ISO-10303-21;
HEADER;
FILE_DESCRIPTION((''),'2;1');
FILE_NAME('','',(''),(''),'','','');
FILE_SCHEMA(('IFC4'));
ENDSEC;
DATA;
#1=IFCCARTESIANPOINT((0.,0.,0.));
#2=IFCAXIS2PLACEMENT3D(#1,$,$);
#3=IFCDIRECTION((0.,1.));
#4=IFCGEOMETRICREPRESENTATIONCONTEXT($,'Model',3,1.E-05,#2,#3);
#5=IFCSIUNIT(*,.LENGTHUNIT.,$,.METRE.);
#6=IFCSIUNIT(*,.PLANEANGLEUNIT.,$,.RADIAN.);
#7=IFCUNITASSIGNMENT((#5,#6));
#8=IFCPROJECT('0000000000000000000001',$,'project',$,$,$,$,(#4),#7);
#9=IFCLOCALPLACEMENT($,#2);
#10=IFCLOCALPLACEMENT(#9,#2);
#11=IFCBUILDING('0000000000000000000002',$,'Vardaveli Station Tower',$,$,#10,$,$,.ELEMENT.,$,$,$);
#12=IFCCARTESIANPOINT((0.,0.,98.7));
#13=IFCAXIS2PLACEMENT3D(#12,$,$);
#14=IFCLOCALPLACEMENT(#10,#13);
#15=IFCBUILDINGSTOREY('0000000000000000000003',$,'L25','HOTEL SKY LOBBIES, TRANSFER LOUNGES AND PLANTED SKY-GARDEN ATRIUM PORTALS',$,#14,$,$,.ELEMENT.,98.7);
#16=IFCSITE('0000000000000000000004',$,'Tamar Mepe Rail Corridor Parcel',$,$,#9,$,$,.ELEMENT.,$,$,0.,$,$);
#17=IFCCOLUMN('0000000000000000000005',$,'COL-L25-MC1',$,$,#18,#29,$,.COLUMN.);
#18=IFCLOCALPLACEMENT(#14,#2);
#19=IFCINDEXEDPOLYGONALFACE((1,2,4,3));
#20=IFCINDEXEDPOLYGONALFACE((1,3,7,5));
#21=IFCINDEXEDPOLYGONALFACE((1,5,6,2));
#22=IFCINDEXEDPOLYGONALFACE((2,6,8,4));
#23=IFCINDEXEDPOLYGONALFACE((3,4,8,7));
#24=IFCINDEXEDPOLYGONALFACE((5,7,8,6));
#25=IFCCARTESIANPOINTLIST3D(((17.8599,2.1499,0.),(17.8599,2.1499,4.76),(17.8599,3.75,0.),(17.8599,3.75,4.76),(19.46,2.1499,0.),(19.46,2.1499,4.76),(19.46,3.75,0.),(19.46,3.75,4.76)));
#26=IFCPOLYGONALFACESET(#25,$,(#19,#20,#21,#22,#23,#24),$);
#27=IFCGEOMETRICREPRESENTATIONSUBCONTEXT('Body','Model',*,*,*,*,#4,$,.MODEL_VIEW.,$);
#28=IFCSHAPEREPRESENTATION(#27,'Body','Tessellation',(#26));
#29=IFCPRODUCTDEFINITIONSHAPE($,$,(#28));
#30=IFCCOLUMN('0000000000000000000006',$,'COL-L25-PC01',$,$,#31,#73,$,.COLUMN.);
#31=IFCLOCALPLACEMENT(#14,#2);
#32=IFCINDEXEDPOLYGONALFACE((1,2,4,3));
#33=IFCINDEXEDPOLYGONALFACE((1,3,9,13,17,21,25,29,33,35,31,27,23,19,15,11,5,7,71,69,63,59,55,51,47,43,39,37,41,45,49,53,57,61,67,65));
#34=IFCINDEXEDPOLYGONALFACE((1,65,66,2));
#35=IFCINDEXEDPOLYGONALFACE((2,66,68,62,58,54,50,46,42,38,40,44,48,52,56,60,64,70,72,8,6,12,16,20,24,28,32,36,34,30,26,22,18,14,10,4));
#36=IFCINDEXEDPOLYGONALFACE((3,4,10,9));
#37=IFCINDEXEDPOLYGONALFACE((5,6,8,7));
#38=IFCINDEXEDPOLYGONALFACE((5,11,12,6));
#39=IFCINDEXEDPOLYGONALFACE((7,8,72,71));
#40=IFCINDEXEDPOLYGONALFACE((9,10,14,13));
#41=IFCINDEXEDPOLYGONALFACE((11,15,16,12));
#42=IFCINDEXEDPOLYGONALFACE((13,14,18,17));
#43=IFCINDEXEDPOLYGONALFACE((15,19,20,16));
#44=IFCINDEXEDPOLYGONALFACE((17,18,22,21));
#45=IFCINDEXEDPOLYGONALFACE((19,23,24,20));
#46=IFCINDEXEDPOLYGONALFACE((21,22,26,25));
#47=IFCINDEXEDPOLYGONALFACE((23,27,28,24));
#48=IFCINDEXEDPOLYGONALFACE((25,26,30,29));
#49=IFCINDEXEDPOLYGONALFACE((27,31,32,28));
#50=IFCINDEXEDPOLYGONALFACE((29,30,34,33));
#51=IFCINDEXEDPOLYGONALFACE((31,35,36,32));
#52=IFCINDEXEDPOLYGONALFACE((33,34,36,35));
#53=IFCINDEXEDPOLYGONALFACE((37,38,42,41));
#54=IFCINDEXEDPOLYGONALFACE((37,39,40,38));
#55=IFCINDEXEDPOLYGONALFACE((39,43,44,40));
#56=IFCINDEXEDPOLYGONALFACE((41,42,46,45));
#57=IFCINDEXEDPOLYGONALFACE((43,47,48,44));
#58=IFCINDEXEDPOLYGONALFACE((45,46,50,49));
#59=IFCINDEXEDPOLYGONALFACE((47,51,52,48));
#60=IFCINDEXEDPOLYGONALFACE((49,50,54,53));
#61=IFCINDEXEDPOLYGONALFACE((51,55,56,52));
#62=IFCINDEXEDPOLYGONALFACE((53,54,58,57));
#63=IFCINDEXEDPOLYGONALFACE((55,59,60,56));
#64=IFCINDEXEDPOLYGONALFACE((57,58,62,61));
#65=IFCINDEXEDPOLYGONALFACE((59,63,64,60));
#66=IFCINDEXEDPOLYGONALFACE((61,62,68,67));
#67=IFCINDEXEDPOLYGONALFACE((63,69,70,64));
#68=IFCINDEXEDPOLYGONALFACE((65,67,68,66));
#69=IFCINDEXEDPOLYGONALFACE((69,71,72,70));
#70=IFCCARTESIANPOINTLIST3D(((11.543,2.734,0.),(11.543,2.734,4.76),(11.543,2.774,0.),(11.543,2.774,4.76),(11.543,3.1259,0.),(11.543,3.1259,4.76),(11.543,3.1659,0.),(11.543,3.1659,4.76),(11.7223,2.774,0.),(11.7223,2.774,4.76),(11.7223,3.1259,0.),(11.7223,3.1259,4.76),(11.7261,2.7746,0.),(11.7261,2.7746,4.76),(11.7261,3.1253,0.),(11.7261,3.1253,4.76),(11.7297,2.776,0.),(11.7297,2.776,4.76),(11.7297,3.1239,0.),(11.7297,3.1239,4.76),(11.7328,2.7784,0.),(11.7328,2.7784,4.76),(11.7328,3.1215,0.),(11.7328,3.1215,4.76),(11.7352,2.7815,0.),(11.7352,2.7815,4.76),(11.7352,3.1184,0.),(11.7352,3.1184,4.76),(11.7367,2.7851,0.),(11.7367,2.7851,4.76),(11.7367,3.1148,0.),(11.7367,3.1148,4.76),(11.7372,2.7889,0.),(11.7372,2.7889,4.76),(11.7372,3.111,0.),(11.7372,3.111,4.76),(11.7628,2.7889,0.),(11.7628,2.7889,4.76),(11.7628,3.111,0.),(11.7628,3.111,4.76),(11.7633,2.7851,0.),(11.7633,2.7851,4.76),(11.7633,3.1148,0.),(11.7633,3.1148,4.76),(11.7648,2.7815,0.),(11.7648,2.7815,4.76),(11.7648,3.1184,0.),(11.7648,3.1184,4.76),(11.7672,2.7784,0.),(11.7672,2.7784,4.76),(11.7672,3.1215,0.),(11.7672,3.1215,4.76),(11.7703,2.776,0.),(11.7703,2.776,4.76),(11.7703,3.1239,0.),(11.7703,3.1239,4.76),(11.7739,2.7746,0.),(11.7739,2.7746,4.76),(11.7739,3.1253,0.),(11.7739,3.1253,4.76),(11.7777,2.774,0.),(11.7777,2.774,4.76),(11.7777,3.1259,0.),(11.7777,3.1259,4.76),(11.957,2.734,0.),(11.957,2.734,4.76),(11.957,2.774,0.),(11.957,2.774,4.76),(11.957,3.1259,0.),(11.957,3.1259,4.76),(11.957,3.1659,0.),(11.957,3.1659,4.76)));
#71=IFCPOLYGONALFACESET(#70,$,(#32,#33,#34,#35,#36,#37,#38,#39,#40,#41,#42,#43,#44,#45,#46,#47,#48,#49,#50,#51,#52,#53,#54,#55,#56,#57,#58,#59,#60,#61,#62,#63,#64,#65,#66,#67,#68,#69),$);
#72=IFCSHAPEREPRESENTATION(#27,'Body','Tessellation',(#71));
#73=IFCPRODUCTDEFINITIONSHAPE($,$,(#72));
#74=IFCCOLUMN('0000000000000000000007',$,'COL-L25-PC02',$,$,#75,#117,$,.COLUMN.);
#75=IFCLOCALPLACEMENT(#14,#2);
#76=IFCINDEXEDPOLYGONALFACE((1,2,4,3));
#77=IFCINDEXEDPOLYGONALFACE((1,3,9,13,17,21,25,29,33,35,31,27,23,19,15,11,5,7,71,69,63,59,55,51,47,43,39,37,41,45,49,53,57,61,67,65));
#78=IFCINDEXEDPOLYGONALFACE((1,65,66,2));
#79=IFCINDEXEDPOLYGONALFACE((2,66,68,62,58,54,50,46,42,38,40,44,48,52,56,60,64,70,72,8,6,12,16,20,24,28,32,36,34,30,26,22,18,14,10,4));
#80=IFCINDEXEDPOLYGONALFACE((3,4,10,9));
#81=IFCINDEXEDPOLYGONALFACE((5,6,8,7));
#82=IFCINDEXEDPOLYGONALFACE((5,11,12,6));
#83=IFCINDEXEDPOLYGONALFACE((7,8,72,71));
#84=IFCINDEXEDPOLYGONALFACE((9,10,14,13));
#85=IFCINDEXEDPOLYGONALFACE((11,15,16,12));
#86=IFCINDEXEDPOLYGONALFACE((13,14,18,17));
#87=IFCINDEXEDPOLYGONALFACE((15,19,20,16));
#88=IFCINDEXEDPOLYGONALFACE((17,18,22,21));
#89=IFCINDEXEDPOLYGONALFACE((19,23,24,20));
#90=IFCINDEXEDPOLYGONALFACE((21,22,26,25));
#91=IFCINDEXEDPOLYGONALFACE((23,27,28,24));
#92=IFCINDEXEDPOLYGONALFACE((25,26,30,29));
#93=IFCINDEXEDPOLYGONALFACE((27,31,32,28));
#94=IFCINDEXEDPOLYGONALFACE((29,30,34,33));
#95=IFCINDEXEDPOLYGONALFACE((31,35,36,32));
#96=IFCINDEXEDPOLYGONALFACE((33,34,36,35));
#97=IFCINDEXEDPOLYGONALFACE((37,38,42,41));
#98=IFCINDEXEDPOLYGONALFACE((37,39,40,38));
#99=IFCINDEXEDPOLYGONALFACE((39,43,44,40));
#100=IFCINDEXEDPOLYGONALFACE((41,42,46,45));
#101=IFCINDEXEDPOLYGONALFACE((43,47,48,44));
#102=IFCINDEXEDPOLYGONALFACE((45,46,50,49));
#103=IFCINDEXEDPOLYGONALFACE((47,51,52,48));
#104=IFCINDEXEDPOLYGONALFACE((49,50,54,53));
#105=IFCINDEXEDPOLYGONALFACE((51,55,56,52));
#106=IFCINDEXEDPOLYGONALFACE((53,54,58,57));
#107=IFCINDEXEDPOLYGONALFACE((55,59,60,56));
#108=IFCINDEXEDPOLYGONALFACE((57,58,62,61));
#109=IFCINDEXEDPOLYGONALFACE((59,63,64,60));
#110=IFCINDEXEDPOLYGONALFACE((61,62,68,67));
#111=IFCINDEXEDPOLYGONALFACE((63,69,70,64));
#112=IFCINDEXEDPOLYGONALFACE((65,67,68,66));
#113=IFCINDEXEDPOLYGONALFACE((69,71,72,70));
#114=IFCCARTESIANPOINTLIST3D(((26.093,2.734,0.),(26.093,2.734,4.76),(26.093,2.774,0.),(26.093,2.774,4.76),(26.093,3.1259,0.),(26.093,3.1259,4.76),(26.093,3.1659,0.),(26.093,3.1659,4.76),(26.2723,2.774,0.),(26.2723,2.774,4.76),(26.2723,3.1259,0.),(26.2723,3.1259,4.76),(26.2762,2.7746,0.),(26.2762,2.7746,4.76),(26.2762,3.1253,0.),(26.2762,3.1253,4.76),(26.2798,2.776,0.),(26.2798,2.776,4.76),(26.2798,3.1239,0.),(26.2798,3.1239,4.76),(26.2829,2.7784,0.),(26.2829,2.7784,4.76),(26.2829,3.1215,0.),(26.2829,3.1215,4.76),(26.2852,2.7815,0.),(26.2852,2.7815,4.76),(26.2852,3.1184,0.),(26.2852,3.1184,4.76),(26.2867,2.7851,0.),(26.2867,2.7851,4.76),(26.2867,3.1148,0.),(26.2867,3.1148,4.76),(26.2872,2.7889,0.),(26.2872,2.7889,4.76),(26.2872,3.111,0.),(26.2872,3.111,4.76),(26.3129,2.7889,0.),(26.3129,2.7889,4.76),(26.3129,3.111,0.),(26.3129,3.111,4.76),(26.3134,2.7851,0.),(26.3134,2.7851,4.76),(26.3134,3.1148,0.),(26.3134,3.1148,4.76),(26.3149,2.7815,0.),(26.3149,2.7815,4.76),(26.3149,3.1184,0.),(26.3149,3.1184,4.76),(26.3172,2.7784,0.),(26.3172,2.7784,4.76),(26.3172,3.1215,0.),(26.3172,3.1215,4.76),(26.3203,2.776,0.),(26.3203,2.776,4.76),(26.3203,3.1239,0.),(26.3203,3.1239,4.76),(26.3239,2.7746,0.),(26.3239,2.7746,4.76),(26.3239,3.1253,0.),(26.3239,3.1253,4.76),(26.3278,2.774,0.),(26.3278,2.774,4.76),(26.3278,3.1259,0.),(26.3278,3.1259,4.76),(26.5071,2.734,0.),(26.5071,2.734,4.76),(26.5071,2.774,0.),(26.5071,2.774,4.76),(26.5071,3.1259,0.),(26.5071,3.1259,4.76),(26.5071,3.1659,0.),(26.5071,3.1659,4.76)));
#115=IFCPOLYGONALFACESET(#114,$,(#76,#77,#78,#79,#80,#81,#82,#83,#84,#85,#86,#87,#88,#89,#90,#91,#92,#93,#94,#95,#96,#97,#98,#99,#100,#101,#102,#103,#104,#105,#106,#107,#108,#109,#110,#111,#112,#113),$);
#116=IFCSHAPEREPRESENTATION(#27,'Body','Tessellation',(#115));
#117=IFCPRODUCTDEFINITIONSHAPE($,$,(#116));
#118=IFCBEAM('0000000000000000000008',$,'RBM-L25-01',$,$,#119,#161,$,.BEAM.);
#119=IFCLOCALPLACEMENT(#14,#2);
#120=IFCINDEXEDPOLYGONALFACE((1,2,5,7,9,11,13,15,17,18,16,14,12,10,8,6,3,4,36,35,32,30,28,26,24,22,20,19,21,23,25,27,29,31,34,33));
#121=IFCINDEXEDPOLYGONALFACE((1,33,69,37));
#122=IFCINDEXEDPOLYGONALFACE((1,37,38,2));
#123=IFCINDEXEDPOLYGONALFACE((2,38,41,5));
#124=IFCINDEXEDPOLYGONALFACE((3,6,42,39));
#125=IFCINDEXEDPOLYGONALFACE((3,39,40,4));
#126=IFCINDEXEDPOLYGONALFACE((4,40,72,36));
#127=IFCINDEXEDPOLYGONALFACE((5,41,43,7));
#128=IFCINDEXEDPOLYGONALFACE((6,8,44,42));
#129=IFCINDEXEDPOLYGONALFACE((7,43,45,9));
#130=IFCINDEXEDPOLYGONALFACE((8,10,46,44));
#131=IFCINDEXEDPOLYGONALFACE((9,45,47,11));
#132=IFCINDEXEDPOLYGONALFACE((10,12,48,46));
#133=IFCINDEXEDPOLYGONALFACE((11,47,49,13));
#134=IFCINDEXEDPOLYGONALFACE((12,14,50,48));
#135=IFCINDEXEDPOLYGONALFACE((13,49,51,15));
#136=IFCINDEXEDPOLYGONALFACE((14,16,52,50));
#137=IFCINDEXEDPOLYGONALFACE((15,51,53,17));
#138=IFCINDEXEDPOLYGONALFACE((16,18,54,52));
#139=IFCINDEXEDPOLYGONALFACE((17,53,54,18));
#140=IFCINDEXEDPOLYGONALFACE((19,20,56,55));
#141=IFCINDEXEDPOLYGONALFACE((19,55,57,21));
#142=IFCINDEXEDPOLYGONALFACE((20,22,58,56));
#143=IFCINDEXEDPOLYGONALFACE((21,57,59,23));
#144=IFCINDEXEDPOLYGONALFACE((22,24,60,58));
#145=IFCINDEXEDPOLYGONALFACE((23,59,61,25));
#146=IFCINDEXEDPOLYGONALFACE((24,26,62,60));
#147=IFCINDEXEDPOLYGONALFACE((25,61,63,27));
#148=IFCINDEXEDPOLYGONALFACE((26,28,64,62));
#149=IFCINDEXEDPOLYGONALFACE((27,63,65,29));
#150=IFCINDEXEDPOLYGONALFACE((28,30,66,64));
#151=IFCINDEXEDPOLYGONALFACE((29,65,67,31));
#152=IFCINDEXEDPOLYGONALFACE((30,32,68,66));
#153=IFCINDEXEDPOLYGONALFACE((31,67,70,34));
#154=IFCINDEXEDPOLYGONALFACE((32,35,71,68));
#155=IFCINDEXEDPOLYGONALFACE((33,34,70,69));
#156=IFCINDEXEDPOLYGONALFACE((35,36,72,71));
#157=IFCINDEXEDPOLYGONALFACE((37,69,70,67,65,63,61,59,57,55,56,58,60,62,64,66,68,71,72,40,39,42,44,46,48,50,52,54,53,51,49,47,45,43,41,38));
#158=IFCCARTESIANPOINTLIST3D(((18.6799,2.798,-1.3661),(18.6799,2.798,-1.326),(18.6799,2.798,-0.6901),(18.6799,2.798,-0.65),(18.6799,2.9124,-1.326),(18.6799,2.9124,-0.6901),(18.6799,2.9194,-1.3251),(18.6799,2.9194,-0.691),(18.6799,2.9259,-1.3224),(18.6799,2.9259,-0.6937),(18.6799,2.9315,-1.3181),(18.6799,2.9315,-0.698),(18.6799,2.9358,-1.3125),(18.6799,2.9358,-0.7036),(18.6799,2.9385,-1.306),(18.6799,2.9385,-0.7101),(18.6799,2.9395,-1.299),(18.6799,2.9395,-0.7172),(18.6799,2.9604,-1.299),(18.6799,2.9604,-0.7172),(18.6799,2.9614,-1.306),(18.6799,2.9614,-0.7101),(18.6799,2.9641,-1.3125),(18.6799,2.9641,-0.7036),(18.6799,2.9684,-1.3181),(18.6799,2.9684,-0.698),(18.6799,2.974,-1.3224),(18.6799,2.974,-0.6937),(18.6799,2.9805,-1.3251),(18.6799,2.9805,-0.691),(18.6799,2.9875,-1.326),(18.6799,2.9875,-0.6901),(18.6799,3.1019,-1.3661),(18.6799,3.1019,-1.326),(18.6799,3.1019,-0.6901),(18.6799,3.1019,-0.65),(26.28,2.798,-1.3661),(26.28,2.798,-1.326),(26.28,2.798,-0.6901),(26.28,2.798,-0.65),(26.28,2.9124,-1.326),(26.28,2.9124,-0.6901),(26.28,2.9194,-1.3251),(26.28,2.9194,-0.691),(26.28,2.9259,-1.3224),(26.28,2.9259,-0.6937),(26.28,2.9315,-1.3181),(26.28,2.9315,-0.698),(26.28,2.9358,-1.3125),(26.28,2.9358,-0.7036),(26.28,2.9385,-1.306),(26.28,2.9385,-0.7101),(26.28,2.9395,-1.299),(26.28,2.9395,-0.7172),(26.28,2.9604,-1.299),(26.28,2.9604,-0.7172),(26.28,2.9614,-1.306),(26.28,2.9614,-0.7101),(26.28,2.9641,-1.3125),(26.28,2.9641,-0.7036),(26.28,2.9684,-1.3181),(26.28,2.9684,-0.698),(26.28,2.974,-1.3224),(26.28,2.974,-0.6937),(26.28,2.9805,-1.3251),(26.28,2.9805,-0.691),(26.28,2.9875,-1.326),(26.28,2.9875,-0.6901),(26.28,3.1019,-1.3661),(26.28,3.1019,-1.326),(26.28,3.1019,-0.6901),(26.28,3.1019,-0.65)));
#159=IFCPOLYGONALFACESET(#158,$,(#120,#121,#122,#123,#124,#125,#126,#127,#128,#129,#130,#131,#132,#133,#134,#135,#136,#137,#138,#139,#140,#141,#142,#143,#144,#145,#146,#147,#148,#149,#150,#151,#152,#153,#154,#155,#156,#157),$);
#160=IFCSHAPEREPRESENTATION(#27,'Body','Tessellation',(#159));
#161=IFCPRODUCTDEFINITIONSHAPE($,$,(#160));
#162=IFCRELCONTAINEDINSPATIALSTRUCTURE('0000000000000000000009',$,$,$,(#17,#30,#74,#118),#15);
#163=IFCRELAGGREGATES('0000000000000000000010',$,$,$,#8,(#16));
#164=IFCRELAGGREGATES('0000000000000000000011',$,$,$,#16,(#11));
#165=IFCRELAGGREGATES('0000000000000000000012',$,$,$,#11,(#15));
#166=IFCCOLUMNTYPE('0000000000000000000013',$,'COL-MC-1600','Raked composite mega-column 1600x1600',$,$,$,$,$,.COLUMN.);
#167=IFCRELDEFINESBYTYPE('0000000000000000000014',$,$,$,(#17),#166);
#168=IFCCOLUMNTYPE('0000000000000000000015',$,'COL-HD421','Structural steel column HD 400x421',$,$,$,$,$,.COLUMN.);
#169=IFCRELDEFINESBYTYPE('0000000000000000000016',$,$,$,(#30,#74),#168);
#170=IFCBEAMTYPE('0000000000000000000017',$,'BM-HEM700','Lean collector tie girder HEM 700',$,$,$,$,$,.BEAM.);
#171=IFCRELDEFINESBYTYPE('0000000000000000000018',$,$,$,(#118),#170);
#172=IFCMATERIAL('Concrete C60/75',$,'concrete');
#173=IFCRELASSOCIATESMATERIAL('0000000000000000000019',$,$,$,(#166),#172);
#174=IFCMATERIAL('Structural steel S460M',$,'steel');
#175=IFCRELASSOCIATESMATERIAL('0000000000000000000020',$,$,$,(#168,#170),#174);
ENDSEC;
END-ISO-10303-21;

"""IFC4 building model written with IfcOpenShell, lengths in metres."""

from ifc_helpers import new_model, si_unit, direction, frame, origin, origin_2d, place, context, subcontext, project, spatial, rectangle, i_section, extrude, source, transform, mapped, material, material_profile, profile_set, type_object, element, save


model = new_model("IFC4")

# Units and contexts
model_context = context("Model", 3, precision=1e-05, world=origin(), true_north=direction((0.0, 1.0)))
body_context = subcontext(model_context, "Body", "Model", "MODEL_VIEW")
ifc_project = project(units=[si_unit("LENGTHUNIT", "METRE"), si_unit("PLANEANGLEUNIT", "RADIAN")], contexts=[model_context])

# Site, building, storey
site_placement = place(None, origin())
site = spatial("IfcSite", under=ifc_project, at=site_placement, Name="Tamar Mepe Rail Corridor Parcel", CompositionType="ELEMENT", RefElevation=0.0)
building_placement = place(site_placement, origin())
building = spatial("IfcBuilding", under=site, at=building_placement, Name="Vardaveli Station Tower", CompositionType="ELEMENT")
storey_placement = place(building_placement, frame((0.0, 0.0, 98.7)))
storey = spatial("IfcBuildingStorey", under=building, at=storey_placement, Name="L25", Description="HOTEL SKY LOBBIES, TRANSFER LOUNGES AND PLANTED SKY-GARDEN ATRIUM PORTALS", CompositionType="ELEMENT", Elevation=98.7)

# Columns
ifc_material_1 = material(Name="Concrete C60/75", Category="concrete")
ifc_material_profile_1 = material_profile(ifc_material_1, rectangle(XDim=1.6001, YDim=1.6001, at=origin_2d()), Name="MC 1600x1600")
ifc_profile_set_1 = profile_set([ifc_material_profile_1], Name="Concrete C60/75")
column_type_1 = type_object("IfcColumnType", Name="COL-MC-1600", Description="Raked composite mega-column 1600x1600", PredefinedType="COLUMN", material=ifc_profile_set_1)
shared_shape_1 = source(origin(), body_context, "Body", "SweptSolid", [
    extrude(rectangle(XDim=1.6001, YDim=1.6001, at=origin_2d()), origin(), (0.0, 0.0, 1.0), 4.76),
])
column_placement = place(storey_placement, frame((18.6599, 2.95, 0.0), z_axis=(0.0, 0.0, 1.0), x_axis=(1.0, 0.0, 0.0)))
element("IfcColumn", 1, at=column_placement, inside=storey, type_object=column_type_1, Name="COL-L25-MC1", PredefinedType="COLUMN", context=body_context, shape_type="MappedRepresentation", body=[
    mapped(shared_shape_1, transform((0.0, 0.0, 0.0), scale=1.0)),
])
ifc_material_2 = material(Name="Structural steel S460M", Category="steel")
ifc_material_profile_2 = material_profile(ifc_material_2, i_section(OverallWidth=0.4141, OverallDepth=0.4319, WebThickness=0.0256, FlangeThickness=0.04, FilletRadius=0.0149, at=origin_2d()), Name="HD 400x421")
ifc_profile_set_2 = profile_set([ifc_material_profile_2], Name="Structural steel S460M")
column_type_2 = type_object("IfcColumnType", Name="COL-HD421", Description="Structural steel column HD 400x421", PredefinedType="COLUMN", material=ifc_profile_set_2)
shared_shape_2 = source(origin(), body_context, "Body", "SweptSolid", [
    extrude(i_section(OverallWidth=0.4141, OverallDepth=0.4319, WebThickness=0.0256, FlangeThickness=0.04, FilletRadius=0.0149, at=origin_2d()), origin(), (0.0, 0.0, 1.0), 4.76),
])
for number, where, z_axis, x_axis, name in (
    (2, (11.75, 2.95, 0.0), (0.0, 0.0, 1.0), (1.0, 0.0, 0.0), "COL-L25-PC01"),
    (3, (26.3, 2.95, 0.0), (0.0, 0.0, 1.0), (1.0, 0.0, 0.0), "COL-L25-PC02"),
):
    element("IfcColumn", number, at=place(storey_placement, frame(where, z_axis=z_axis, x_axis=x_axis)), inside=storey, type_object=column_type_2, Name=name, PredefinedType="COLUMN", context=body_context, shape_type="MappedRepresentation", body=[
        mapped(shared_shape_2, transform((0.0, 0.0, 0.0), scale=1.0)),
    ])

# Beam
ifc_material_profile_3 = material_profile(ifc_material_2, i_section(OverallWidth=0.304, OverallDepth=0.7161, WebThickness=0.021, FlangeThickness=0.04, FilletRadius=0.0271, at=origin_2d()), Name="HEM 700")
ifc_profile_set_3 = profile_set([ifc_material_profile_3], Name="Structural steel S460M")
beam_type = type_object("IfcBeamType", Name="BM-HEM700", Description="Lean collector tie girder HEM 700", PredefinedType="BEAM", material=ifc_profile_set_3)
shared_shape_3 = source(origin(), body_context, "Body", "SweptSolid", [
    extrude(i_section(OverallWidth=0.304, OverallDepth=0.7161, WebThickness=0.021, FlangeThickness=0.04, FilletRadius=0.0271, at=origin_2d()), origin(), (0.0, 0.0, 1.0), 7.6001),
])
beam_1_placement = place(storey_placement, frame((18.6799, 2.95, -1.0081), z_axis=(1.0, 0.0, 0.0), x_axis=(0.0, 1.0, 0.0)))
element("IfcBeam", 4, at=beam_1_placement, inside=storey, type_object=beam_type, Name="RBM-L25-01", PredefinedType="BEAM", context=body_context, shape_type="MappedRepresentation", body=[
    mapped(shared_shape_3, transform((0.0, 0.0, 0.0), scale=1.0)),
])

save(model, "model.ifc")
